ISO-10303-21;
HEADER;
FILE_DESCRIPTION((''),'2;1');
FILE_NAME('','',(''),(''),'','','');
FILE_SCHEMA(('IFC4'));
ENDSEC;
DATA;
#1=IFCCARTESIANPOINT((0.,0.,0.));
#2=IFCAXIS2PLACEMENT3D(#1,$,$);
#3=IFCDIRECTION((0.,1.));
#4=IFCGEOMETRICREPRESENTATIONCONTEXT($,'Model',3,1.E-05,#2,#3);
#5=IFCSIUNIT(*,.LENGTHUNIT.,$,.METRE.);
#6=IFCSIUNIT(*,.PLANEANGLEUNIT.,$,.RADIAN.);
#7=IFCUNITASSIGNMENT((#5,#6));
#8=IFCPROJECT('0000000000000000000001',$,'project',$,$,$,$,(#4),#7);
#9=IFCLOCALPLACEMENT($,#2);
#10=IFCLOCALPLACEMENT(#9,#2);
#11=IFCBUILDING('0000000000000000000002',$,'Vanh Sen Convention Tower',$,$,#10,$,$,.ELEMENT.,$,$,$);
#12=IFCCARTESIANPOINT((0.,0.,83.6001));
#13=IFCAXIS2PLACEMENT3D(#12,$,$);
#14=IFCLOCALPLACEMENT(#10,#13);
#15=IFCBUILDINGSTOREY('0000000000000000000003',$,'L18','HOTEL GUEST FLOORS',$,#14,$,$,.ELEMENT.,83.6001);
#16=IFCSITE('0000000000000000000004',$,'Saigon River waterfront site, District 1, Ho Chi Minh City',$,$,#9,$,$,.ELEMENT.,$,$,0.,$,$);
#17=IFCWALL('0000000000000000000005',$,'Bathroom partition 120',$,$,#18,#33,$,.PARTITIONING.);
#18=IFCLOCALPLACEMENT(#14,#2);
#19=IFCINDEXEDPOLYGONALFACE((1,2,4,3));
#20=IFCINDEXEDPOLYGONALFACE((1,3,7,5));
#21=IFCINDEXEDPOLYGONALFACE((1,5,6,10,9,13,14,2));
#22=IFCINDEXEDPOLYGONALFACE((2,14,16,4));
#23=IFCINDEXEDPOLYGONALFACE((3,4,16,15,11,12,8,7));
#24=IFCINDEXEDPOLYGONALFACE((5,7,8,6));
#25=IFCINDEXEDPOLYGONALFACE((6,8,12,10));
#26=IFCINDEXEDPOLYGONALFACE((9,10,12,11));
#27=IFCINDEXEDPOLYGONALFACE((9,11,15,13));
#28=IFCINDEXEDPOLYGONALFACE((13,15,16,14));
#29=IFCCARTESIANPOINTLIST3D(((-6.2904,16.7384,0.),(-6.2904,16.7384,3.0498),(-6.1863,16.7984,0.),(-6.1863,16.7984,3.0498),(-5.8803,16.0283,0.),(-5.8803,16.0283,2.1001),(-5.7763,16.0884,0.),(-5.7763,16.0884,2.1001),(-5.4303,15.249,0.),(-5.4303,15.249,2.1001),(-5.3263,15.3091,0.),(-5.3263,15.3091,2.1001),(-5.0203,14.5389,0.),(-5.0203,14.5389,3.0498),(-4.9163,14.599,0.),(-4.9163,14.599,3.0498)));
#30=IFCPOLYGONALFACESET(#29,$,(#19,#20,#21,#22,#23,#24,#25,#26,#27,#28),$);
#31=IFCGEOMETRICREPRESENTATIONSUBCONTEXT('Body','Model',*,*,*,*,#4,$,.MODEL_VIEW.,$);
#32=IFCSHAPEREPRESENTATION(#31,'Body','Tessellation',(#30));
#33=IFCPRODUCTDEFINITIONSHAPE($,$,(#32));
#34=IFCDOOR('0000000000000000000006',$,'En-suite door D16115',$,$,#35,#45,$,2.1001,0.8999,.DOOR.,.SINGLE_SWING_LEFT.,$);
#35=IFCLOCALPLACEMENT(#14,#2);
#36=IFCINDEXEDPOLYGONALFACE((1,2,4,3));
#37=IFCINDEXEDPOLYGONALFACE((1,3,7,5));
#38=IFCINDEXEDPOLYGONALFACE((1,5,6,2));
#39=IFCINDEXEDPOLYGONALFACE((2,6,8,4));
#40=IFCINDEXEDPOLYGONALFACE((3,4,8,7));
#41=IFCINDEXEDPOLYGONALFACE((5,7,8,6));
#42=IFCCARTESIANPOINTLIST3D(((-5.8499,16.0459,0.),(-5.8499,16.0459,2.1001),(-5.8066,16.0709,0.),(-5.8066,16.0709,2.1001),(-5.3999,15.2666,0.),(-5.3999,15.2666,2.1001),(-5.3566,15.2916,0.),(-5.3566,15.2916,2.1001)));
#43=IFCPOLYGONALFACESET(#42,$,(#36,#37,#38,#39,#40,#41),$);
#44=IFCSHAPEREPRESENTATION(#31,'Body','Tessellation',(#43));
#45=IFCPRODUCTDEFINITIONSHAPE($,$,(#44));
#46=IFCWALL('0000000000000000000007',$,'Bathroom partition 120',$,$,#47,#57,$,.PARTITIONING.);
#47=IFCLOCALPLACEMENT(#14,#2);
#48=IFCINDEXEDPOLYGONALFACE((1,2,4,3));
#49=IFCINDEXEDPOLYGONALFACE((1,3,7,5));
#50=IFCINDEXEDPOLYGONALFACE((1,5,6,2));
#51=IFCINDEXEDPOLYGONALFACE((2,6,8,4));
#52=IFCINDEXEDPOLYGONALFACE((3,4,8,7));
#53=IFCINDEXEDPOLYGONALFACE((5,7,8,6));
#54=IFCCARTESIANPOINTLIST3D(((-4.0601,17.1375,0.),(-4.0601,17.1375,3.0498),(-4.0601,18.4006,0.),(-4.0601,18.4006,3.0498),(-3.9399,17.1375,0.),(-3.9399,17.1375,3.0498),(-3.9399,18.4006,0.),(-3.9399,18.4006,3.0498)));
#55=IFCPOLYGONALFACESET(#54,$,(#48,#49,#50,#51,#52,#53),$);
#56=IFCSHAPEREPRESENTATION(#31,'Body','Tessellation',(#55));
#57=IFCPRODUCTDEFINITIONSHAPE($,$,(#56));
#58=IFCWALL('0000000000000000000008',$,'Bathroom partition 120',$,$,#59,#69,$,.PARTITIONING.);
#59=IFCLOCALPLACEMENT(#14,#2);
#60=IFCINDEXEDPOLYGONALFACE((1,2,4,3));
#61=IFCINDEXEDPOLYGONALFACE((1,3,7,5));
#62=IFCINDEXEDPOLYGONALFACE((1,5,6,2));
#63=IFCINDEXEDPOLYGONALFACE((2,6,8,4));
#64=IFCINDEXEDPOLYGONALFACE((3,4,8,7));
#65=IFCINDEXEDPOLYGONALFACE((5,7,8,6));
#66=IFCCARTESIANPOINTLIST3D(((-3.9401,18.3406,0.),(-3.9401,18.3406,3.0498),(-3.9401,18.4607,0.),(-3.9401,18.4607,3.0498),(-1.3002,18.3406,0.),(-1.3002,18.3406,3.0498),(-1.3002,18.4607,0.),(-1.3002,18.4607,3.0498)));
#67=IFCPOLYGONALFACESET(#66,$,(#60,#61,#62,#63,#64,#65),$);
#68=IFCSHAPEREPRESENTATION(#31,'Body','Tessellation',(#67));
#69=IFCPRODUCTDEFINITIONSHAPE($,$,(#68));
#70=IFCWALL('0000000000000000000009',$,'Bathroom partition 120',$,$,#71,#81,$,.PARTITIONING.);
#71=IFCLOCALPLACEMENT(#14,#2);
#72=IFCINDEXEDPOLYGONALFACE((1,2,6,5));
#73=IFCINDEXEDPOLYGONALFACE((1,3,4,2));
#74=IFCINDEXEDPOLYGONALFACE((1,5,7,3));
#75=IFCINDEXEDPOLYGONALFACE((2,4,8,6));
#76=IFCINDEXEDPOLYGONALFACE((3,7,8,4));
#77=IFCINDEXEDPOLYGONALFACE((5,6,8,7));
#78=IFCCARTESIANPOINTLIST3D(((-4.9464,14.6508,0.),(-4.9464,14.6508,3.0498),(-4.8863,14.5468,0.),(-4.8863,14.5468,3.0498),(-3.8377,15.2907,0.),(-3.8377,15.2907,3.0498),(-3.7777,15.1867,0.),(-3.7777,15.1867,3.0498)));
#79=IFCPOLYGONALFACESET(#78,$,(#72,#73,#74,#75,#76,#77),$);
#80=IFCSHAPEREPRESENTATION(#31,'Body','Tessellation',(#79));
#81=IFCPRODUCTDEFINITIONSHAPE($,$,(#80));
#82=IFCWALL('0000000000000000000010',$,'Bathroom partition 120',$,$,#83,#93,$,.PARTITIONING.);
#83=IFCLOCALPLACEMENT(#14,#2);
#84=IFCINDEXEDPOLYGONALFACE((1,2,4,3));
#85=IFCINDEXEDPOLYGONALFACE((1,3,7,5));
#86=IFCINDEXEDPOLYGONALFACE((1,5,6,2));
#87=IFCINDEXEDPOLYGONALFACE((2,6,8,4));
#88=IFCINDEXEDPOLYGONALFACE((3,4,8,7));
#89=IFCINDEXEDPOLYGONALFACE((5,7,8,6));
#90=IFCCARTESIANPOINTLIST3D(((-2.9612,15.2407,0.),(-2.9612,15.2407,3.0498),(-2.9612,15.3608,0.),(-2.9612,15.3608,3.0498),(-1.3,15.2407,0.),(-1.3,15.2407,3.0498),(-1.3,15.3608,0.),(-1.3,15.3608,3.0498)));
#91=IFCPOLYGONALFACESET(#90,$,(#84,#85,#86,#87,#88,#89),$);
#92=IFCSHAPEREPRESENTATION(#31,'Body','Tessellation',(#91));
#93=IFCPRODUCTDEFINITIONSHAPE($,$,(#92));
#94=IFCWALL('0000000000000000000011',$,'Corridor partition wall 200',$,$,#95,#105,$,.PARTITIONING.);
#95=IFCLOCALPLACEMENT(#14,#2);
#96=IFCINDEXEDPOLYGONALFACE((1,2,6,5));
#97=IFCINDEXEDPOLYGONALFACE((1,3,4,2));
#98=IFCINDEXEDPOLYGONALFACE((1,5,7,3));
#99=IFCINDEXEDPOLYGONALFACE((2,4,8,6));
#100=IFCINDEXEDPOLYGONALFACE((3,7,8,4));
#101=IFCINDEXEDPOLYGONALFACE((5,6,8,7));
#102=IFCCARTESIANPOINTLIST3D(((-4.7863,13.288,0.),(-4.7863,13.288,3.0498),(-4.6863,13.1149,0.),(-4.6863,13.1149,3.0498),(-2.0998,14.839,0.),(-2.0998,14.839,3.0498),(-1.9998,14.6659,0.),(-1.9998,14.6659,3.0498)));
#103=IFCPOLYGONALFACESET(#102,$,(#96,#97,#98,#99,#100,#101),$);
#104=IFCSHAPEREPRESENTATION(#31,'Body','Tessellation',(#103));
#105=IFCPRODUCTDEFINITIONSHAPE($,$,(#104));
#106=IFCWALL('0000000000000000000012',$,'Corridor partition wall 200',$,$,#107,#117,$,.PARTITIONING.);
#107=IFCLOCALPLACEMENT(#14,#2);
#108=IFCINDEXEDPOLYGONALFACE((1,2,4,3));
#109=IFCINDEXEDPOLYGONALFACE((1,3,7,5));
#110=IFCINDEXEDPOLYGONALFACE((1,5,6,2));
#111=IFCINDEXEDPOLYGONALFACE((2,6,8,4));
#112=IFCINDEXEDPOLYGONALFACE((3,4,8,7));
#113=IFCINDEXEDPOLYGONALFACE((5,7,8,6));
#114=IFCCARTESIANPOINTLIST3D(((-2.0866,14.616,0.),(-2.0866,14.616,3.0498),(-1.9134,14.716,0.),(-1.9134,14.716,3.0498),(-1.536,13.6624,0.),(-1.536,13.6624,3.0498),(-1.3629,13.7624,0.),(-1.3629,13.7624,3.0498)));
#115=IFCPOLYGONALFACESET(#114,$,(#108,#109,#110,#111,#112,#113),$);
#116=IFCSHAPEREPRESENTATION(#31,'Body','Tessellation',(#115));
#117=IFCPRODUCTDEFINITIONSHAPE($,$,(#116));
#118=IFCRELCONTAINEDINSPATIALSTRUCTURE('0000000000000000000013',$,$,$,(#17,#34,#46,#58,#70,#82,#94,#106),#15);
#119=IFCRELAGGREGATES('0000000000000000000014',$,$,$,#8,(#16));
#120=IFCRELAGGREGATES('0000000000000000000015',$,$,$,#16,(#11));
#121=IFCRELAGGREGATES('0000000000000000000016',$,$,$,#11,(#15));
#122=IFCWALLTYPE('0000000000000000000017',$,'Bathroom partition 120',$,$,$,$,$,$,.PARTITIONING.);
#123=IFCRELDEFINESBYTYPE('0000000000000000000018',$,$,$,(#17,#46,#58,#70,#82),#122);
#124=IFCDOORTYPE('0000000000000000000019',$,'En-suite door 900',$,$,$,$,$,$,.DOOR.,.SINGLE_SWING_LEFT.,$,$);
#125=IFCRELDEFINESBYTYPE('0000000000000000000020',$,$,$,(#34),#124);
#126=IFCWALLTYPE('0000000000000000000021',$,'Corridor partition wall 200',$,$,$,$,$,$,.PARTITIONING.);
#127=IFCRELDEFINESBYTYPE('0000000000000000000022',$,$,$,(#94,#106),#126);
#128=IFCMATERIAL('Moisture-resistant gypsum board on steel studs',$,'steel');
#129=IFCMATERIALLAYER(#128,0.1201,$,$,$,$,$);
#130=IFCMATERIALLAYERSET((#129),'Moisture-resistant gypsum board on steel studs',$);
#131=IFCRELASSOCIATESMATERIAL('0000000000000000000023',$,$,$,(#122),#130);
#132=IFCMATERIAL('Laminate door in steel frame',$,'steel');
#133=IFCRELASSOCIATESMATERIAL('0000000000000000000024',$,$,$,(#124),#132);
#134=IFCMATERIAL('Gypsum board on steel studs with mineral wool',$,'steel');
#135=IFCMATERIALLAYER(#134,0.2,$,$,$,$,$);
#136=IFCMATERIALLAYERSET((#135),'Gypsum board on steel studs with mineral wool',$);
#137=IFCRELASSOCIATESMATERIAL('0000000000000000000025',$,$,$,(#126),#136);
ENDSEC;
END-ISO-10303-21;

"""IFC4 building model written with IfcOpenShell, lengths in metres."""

from ifc_helpers import new_model, si_unit, direction, frame, frame_2d, origin, place, context, subcontext, project, spatial, rectangle, extrude, material, layer, layer_set, type_object, element, fill, save


model = new_model("IFC4")

# Units and contexts
model_context = context("Model", 3, precision=1e-05, world=origin(), true_north=direction((0.0, 1.0)))
body_context = subcontext(model_context, "Body", "Model", "MODEL_VIEW")
ifc_project = project(units=[si_unit("LENGTHUNIT", "METRE"), si_unit("PLANEANGLEUNIT", "RADIAN")], contexts=[model_context])

# Site, building, storey
site_placement = place(None, origin())
site = spatial("IfcSite", under=ifc_project, at=site_placement, Name="Saigon River waterfront site, District 1, Ho Chi Minh City", CompositionType="ELEMENT", RefElevation=0.0)
building_placement = place(site_placement, origin())
building = spatial("IfcBuilding", under=site, at=building_placement, Name="Vanh Sen Convention Tower", CompositionType="ELEMENT")
storey_placement = place(building_placement, frame((0.0, 0.0, 83.6001)))
storey = spatial("IfcBuildingStorey", under=building, at=storey_placement, Name="L18", Description="HOTEL GUEST FLOORS", CompositionType="ELEMENT", Elevation=83.6001)

# Shared definitions
ifc_material_1 = material(Name="Moisture-resistant gypsum board on steel studs", Category="steel")
ifc_layer_1 = layer(ifc_material_1, 0.1201)
ifc_layer_set_1 = layer_set([ifc_layer_1], Name="Moisture-resistant gypsum board on steel studs")
wall_type_1 = type_object("IfcWallType", Name="Bathroom partition 120", PredefinedType="PARTITIONING", material=ifc_layer_set_1)

# Wall, opening, door
wall_1_placement = place(storey_placement, frame((-4.9683, 14.5688, 0.0), z_axis=(0.0, 0.0, 1.0), x_axis=(-0.500047, 0.865998, 0.0)))
wall_1 = element("IfcWall", 1, at=wall_1_placement, inside=storey, type_object=wall_type_1, Name="Bathroom partition 120", PredefinedType="PARTITIONING", context=body_context, shape_type="SweptSolid", body=[
    extrude(rectangle(XDim=2.5398, YDim=0.1201, at=frame_2d((1.27, 0.0))), origin(), (0.0, 0.0, 1.0), 3.0498),
])
opening_1_placement = place(wall_1_placement, frame((0.8201, 0.0, 0.0)))
opening_1 = element("IfcOpeningElement", 2, at=opening_1_placement, cuts=wall_1, PredefinedType="OPENING", context=body_context, shape_type="SweptSolid", body=[
    extrude(rectangle(XDim=0.8999, YDim=2.1001, at=frame_2d((0.45, 1.05))), frame((0.0, 0.0701, 0.0), z_axis=(0.0, -1.0, 0.0), x_axis=(1.0, 0.0, 0.0)), (0.0, 0.0, 1.0), 0.1401),
])
ifc_material_2 = material(Name="Laminate door in steel frame", Category="steel")
door_type = type_object("IfcDoorType", Name="En-suite door 900", OperationType="SINGLE_SWING_LEFT", PredefinedType="DOOR", material=ifc_material_2)
door_placement = place(opening_1_placement, origin())
door = element("IfcDoor", 3, at=door_placement, inside=storey, type_object=door_type, Name="En-suite door D16115", OperationType="SINGLE_SWING_LEFT", OverallHeight=2.1001, OverallWidth=0.8999, PredefinedType="DOOR", context=body_context, shape_type="SweptSolid", body=[
    extrude(rectangle(XDim=0.8999, YDim=2.1001, at=frame_2d((0.45, 1.05))), frame((0.0, 0.0249, 0.0), z_axis=(0.0, -1.0, 0.0), x_axis=(1.0, 0.0, 0.0)), (0.0, 0.0, 1.0), 0.05),
])
fill(opening_1, door)

# Walls
wall_2_placement = place(storey_placement, frame((-4.0, 17.1375, 0.0), z_axis=(0.0, 0.0, 1.0), x_axis=(0.0, 1.0, 0.0)))
element("IfcWall", 4, at=wall_2_placement, inside=storey, type_object=wall_type_1, Name="Bathroom partition 120", PredefinedType="PARTITIONING", context=body_context, shape_type="SweptSolid", body=[
    extrude(rectangle(XDim=1.2632, YDim=0.1201, at=frame_2d((0.6316, 0.0))), origin(), (0.0, 0.0, 1.0), 3.0498),
])
wall_3_placement = place(storey_placement, frame((-3.9399, 18.4006, 0.0), z_axis=(0.0, 0.0, 1.0), x_axis=(1.0, 0.0, 0.0)))
element("IfcWall", 5, at=wall_3_placement, inside=storey, type_object=wall_type_1, Name="Bathroom partition 120", PredefinedType="PARTITIONING", context=body_context, shape_type="SweptSolid", body=[
    extrude(rectangle(XDim=2.6399, YDim=0.1201, at=frame_2d((1.3198, 0.0))), origin(), (0.0, 0.0, 1.0), 3.0498),
])
wall_4_placement = place(storey_placement, frame((-3.8076, 15.2388, 0.0), z_axis=(0.0, 0.0, 1.0), x_axis=(-0.866087, -0.499893, 0.0)))
element("IfcWall", 6, at=wall_4_placement, inside=storey, type_object=wall_type_1, Name="Bathroom partition 120", PredefinedType="PARTITIONING", context=body_context, shape_type="SweptSolid", body=[
    extrude(rectangle(XDim=1.28, YDim=0.1201, at=frame_2d((0.6401, 0.0))), origin(), (0.0, 0.0, 1.0), 3.0498),
])
wall_5_placement = place(storey_placement, frame((-1.3, 15.3008, 0.0), z_axis=(0.0, 0.0, 1.0), x_axis=(-1.0, 0.0, 0.0)))
element("IfcWall", 7, at=wall_5_placement, inside=storey, type_object=wall_type_1, Name="Bathroom partition 120", PredefinedType="PARTITIONING", context=body_context, shape_type="SweptSolid", body=[
    extrude(rectangle(XDim=1.6611, YDim=0.1201, at=frame_2d((0.8306, 0.0))), origin(), (0.0, 0.0, 1.0), 3.0498),
])
ifc_material_3 = material(Name="Gypsum board on steel studs with mineral wool", Category="steel")
ifc_layer_2 = layer(ifc_material_3, 0.2)
ifc_layer_set_2 = layer_set([ifc_layer_2], Name="Gypsum board on steel studs with mineral wool")
wall_type_2 = type_object("IfcWallType", Name="Corridor partition wall 200", PredefinedType="PARTITIONING", material=ifc_layer_set_2)
wall_6_placement = place(storey_placement, frame((-2.0498, 14.7524, 0.0), z_axis=(0.0, 0.0, 1.0), x_axis=(-0.866031, -0.49999, 0.0)))
element("IfcWall", 8, at=wall_6_placement, inside=storey, type_object=wall_type_2, Name="Corridor partition wall 200", PredefinedType="PARTITIONING", context=body_context, shape_type="SweptSolid", body=[
    extrude(rectangle(XDim=3.1021, YDim=0.2, at=frame_2d((1.551, 0.0))), origin(), (0.0, 0.0, 1.0), 3.0498),
])
wall_7_placement = place(storey_placement, frame((-1.4495, 13.7124, 0.0), z_axis=(0.0, 0.0, 1.0), x_axis=(-0.499978, 0.866038, 0.0)))
element("IfcWall", 9, at=wall_7_placement, inside=storey, type_object=wall_type_2, Name="Corridor partition wall 200", PredefinedType="PARTITIONING", context=body_context, shape_type="SweptSolid", body=[
    extrude(rectangle(XDim=1.1011, YDim=0.2, at=frame_2d((0.5505, 0.0))), origin(), (0.0, 0.0, 1.0), 3.0498),
])

save(model, "model.ifc")
